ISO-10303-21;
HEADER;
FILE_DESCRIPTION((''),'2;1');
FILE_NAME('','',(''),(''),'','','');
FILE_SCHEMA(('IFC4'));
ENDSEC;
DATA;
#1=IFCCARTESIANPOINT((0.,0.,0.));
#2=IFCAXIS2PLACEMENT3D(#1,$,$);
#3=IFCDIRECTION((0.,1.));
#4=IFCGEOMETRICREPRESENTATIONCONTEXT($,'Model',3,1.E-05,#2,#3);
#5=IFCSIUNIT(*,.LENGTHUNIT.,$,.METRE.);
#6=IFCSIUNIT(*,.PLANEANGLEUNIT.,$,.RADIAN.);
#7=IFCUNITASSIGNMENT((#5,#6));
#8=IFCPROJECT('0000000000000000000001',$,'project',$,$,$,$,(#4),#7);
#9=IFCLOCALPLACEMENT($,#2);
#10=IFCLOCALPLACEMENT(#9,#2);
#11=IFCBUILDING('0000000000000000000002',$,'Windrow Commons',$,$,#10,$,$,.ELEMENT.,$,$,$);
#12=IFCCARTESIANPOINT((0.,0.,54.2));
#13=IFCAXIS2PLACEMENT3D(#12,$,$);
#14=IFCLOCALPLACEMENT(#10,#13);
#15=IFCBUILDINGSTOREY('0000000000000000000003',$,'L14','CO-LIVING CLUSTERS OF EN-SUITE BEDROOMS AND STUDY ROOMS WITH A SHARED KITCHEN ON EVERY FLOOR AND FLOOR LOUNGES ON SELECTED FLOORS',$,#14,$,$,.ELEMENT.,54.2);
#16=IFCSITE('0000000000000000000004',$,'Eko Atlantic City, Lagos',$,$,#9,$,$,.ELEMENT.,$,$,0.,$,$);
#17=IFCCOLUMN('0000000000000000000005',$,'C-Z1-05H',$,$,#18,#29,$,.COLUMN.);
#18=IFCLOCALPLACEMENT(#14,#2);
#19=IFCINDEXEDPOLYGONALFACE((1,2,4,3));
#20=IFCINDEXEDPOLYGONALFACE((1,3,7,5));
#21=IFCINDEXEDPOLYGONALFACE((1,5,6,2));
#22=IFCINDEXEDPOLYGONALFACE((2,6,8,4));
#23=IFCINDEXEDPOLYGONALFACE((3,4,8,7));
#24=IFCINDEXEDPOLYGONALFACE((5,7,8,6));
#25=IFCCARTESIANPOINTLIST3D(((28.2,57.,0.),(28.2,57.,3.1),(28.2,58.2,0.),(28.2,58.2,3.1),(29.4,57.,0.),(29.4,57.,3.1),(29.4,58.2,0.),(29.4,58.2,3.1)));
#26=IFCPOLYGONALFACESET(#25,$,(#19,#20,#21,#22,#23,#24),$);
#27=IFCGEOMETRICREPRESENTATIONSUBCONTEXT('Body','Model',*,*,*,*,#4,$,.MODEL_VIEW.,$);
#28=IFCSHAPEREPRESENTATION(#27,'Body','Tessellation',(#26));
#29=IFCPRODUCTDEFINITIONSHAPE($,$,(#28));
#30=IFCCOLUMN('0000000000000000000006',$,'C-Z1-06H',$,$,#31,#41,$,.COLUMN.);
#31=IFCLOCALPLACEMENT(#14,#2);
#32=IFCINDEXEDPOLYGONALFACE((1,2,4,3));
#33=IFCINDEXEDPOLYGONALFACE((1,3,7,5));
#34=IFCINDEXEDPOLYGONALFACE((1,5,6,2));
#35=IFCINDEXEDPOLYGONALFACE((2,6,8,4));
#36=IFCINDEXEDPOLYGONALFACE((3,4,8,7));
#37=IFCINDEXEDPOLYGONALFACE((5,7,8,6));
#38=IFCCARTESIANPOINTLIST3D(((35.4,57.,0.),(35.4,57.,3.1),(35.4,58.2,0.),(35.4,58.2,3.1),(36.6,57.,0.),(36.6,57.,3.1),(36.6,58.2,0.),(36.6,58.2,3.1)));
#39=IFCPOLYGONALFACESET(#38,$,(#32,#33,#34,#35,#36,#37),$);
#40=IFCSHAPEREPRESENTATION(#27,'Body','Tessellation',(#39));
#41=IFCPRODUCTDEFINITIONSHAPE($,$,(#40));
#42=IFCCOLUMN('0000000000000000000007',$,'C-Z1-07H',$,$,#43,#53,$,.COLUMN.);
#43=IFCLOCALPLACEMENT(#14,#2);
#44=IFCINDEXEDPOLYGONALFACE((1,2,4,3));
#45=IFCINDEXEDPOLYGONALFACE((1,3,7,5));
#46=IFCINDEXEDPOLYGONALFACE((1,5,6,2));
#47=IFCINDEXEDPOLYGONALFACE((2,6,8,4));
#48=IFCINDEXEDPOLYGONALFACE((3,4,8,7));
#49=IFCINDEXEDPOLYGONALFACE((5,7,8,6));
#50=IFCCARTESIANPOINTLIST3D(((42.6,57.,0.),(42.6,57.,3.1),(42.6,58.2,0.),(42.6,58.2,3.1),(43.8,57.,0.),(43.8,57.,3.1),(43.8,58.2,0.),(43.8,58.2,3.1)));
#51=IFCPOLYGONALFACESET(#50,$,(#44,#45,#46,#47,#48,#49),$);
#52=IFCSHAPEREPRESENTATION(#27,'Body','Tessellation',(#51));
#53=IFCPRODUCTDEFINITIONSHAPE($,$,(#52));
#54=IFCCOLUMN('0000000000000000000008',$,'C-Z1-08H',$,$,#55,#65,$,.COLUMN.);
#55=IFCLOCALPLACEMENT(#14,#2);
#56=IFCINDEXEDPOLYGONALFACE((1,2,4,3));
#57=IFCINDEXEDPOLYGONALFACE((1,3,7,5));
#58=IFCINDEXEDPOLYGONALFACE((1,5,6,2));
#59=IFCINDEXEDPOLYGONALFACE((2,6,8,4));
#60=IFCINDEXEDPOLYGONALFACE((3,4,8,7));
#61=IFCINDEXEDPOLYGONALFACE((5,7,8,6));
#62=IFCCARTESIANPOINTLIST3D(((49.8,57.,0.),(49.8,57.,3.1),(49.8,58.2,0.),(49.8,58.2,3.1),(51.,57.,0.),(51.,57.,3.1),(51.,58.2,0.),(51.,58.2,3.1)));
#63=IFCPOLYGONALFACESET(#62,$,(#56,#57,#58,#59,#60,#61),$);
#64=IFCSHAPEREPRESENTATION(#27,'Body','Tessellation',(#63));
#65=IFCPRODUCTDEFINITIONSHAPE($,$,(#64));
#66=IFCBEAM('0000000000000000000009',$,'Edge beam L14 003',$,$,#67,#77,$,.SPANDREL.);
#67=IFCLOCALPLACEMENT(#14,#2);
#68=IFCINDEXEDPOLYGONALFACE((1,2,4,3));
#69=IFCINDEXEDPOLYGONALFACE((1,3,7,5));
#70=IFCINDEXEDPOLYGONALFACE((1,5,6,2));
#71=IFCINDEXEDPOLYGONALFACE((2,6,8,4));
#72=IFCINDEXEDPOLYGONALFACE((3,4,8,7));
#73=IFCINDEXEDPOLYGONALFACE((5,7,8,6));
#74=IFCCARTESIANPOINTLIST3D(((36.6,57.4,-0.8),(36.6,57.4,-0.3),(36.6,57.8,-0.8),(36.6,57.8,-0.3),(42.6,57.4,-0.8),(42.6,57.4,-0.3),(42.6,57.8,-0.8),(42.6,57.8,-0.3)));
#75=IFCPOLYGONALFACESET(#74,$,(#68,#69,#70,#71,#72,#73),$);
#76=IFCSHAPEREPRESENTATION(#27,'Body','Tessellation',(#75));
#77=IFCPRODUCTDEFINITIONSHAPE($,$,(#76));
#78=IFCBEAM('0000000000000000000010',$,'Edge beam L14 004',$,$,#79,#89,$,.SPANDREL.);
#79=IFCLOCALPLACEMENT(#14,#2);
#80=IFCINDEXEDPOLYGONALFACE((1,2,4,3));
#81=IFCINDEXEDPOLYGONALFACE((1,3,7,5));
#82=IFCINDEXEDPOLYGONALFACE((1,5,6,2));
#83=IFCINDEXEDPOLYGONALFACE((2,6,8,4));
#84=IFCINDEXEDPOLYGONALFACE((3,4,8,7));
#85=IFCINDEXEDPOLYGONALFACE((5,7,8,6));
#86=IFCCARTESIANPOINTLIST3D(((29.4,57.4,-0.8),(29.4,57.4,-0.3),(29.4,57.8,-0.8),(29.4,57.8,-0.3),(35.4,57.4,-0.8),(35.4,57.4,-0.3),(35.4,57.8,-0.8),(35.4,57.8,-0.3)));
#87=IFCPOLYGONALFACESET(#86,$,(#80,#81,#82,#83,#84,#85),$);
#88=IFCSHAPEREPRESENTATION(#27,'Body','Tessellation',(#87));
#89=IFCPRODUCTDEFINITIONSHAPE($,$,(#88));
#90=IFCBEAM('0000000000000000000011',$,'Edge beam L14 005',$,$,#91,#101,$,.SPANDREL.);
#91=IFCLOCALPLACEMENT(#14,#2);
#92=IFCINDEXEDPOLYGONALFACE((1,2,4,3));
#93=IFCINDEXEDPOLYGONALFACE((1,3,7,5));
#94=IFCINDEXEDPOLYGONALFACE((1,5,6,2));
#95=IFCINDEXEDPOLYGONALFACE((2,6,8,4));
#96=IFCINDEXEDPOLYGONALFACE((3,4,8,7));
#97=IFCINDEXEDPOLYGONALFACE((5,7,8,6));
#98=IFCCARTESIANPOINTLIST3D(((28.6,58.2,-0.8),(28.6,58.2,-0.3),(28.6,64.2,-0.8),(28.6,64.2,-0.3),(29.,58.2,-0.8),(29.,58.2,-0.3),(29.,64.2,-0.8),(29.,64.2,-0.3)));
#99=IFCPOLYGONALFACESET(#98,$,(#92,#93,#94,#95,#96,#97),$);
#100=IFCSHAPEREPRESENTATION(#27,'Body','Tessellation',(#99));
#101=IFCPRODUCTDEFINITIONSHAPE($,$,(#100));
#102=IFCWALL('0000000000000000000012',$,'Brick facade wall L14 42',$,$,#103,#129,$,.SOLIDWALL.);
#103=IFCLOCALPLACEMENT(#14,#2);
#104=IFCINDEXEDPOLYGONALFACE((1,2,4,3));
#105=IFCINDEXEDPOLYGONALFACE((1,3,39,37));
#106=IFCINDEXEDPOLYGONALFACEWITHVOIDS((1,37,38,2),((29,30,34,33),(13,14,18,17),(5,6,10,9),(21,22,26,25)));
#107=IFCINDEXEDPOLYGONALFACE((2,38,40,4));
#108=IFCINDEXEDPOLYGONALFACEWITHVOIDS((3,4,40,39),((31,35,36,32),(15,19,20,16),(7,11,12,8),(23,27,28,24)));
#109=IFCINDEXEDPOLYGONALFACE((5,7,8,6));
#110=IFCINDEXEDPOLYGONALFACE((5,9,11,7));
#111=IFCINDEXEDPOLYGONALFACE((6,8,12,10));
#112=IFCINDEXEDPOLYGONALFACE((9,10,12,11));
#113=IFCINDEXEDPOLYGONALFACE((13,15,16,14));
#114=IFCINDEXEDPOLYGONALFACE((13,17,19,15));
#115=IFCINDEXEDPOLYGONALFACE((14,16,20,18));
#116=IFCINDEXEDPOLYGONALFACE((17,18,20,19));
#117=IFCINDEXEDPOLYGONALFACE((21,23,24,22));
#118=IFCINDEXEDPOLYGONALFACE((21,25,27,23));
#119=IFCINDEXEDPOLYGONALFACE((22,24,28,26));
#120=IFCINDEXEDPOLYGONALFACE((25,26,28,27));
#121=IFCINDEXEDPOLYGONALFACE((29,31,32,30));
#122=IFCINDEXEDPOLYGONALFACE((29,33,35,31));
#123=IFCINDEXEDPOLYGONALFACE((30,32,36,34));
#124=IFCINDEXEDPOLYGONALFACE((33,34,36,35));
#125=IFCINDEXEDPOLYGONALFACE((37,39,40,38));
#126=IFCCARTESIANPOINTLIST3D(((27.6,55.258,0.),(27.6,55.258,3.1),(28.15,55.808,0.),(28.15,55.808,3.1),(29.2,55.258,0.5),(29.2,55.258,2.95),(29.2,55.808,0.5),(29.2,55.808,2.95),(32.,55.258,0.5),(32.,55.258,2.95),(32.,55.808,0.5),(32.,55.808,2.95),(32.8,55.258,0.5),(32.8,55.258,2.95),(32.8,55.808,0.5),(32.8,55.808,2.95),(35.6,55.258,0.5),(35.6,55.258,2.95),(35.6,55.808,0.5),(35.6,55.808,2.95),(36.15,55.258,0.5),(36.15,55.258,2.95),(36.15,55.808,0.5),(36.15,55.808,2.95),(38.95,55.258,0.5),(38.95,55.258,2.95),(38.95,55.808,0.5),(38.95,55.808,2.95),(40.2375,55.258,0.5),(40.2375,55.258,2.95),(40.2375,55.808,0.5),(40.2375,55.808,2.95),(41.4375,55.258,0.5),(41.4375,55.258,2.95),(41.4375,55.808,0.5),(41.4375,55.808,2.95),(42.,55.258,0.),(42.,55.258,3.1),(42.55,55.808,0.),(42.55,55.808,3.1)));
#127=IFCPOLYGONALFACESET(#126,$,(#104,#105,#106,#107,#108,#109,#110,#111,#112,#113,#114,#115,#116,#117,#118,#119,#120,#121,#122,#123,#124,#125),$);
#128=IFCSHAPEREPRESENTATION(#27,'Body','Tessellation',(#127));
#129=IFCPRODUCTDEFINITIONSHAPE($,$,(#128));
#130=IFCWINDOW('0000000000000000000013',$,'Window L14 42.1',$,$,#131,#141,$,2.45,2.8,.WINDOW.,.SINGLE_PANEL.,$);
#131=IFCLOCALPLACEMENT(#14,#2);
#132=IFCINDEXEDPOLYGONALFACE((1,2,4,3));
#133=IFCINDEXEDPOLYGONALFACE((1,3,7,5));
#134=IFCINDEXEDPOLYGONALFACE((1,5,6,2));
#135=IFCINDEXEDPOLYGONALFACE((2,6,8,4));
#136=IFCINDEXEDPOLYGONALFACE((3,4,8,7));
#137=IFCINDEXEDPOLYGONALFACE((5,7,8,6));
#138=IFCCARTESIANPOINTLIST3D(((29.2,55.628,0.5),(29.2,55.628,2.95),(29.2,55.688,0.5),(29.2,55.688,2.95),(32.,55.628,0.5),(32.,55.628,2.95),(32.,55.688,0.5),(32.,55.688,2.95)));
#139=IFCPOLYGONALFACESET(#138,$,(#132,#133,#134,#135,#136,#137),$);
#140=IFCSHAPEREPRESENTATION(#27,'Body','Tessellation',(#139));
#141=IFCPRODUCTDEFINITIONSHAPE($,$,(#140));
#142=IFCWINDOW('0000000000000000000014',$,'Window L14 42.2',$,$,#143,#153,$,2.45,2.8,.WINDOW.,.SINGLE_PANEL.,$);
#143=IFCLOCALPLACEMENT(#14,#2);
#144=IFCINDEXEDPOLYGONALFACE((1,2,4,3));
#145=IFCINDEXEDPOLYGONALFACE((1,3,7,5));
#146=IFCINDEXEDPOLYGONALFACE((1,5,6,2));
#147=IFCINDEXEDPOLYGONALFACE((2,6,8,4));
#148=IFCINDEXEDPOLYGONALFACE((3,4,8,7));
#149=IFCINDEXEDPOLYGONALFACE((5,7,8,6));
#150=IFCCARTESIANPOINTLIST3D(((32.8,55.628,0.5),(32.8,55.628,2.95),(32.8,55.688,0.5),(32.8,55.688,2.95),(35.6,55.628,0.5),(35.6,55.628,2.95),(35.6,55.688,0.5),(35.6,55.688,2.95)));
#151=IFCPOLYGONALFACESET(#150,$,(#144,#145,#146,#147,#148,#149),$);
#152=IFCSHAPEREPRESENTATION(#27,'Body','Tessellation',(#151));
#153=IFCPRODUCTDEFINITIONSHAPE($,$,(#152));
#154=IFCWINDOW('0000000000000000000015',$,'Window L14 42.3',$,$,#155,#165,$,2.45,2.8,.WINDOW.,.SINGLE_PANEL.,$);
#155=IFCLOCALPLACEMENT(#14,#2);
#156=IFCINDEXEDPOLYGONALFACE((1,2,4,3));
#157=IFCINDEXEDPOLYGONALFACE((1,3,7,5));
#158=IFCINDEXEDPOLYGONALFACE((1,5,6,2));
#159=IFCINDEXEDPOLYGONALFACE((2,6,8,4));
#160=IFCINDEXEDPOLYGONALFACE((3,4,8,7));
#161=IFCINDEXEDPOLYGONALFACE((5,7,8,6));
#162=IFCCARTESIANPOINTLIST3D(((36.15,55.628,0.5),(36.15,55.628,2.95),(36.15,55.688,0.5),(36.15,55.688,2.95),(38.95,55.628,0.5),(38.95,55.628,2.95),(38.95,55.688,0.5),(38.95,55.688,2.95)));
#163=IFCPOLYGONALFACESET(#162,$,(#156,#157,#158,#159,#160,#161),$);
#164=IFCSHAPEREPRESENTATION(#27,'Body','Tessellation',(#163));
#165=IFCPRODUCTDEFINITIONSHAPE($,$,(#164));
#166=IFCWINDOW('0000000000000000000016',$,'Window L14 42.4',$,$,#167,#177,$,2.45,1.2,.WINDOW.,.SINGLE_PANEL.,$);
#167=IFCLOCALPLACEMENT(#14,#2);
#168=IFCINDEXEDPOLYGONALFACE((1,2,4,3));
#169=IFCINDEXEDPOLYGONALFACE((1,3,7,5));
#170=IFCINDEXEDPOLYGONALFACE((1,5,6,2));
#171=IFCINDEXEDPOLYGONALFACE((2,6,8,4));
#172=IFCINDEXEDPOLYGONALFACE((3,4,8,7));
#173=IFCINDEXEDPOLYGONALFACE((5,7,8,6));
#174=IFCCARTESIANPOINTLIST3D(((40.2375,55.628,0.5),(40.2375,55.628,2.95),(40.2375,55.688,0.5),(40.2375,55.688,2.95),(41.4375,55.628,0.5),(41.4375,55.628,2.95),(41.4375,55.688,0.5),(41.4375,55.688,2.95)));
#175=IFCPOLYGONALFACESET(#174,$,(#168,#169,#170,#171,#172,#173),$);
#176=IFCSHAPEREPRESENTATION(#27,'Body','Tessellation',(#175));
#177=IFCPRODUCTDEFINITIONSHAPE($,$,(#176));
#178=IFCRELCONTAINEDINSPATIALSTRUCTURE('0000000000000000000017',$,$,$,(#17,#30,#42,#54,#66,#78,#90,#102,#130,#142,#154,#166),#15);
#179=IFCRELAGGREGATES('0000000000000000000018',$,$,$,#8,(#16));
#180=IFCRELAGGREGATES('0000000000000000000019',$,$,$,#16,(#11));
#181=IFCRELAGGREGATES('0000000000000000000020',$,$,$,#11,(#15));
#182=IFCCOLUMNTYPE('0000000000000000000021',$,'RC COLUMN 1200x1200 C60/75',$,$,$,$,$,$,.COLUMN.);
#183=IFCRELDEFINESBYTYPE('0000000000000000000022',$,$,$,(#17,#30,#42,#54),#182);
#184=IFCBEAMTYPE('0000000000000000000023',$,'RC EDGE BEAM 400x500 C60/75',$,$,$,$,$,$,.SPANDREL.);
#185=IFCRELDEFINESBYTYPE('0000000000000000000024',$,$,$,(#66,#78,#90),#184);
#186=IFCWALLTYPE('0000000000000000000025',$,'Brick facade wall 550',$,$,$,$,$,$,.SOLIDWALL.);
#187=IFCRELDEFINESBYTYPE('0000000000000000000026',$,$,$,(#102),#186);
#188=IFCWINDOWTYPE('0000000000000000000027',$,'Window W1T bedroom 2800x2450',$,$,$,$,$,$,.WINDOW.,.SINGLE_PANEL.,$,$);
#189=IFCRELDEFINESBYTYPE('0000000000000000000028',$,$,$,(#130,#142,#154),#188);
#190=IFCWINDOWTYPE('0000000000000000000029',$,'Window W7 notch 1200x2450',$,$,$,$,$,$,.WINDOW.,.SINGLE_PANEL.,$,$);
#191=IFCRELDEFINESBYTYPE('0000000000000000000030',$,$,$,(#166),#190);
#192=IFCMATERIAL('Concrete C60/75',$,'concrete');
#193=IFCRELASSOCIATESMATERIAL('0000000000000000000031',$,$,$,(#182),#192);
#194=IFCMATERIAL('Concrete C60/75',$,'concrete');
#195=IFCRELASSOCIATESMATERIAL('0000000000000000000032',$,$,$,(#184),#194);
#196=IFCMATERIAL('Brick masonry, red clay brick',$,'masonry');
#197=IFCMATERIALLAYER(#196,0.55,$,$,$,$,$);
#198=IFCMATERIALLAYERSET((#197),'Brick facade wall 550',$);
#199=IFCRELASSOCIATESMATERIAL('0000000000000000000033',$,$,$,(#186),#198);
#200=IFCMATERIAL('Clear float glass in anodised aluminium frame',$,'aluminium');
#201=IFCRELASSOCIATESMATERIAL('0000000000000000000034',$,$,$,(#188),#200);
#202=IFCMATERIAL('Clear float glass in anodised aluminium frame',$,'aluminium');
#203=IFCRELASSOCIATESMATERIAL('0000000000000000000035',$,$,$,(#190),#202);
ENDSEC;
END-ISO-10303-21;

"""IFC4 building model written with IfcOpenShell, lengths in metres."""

from ifc_helpers import new_model, si_unit, direction, frame, frame_2d, origin, origin_2d, place, context, subcontext, project, spatial, polyline, rectangle, outline, extrude, material, layer, layer_set, material_profile, profile_set, type_object, element, fill, save


model = new_model("IFC4")

# Units and contexts
model_context = context("Model", 3, precision=1e-05, world=origin(), true_north=direction((0.0, 1.0)))
body_context = subcontext(model_context, "Body", "Model", "MODEL_VIEW")
ifc_project = project(units=[si_unit("LENGTHUNIT", "METRE"), si_unit("PLANEANGLEUNIT", "RADIAN")], contexts=[model_context])

# Site, building, storey
site_placement = place(None, origin())
site = spatial("IfcSite", under=ifc_project, at=site_placement, Name="Eko Atlantic City, Lagos", CompositionType="ELEMENT", RefElevation=0.0)
building_placement = place(site_placement, origin())
building = spatial("IfcBuilding", under=site, at=building_placement, Name="Windrow Commons", CompositionType="ELEMENT")
storey_placement = place(building_placement, frame((0.0, 0.0, 54.2)))
storey = spatial("IfcBuildingStorey", under=building, at=storey_placement, Name="L14", Description="CO-LIVING CLUSTERS OF EN-SUITE BEDROOMS AND STUDY ROOMS WITH A SHARED KITCHEN ON EVERY FLOOR AND FLOOR LOUNGES ON SELECTED FLOORS", CompositionType="ELEMENT", Elevation=54.2)

# Columns
ifc_material_1 = material(Name="Concrete C60/75", Category="concrete")
ifc_material_profile_1 = material_profile(ifc_material_1, rectangle(XDim=1.2, YDim=1.2, at=origin_2d()))
ifc_profile_set_1 = profile_set([ifc_material_profile_1], Name="Concrete C60/75")
column_type = type_object("IfcColumnType", Name="RC COLUMN 1200x1200 C60/75", PredefinedType="COLUMN", material=ifc_profile_set_1)
for number, where, z_axis, x_axis, name in (
    (1, (28.8, 57.6, 0.0), (0.0, 0.0, 1.0), (1.0, 0.0, 0.0), "C-Z1-05H"),
    (2, (36.0, 57.6, 0.0), (0.0, 0.0, 1.0), (1.0, 0.0, 0.0), "C-Z1-06H"),
    (3, (43.2, 57.6, 0.0), (0.0, 0.0, 1.0), (1.0, 0.0, 0.0), "C-Z1-07H"),
    (4, (50.4, 57.6, 0.0), (0.0, 0.0, 1.0), (1.0, 0.0, 0.0), "C-Z1-08H"),
):
    element("IfcColumn", number, at=place(storey_placement, frame(where, z_axis=z_axis, x_axis=x_axis)), inside=storey, type_object=column_type, Name=name, PredefinedType="COLUMN", context=body_context, shape_type="SweptSolid", body=[
        extrude(rectangle(XDim=1.2, YDim=1.2, at=origin_2d()), origin(), (0.0, 0.0, 1.0), 3.1),
    ])

# Beams
ifc_material_2 = material(Name="Concrete C60/75", Category="concrete")
ifc_material_profile_2 = material_profile(ifc_material_2, rectangle(XDim=0.4, YDim=0.5, at=origin_2d()))
ifc_profile_set_2 = profile_set([ifc_material_profile_2], Name="Concrete C60/75")
beam_type = type_object("IfcBeamType", Name="RC EDGE BEAM 400x500 C60/75", PredefinedType="SPANDREL", material=ifc_profile_set_2)
for number, where, z_axis, x_axis, name in (
    (5, (42.6, 57.6, -0.55), (-1.0, 0.0, 0.0), (0.0, -1.0, 0.0), "Edge beam L14 003"),
    (6, (35.4, 57.6, -0.55), (-1.0, 0.0, 0.0), (0.0, -1.0, 0.0), "Edge beam L14 004"),
    (7, (28.8, 58.2, -0.55), (0.0, 1.0, 0.0), (-1.0, 0.0, 0.0), "Edge beam L14 005"),
):
    element("IfcBeam", number, at=place(storey_placement, frame(where, z_axis=z_axis, x_axis=x_axis)), inside=storey, type_object=beam_type, Name=name, PredefinedType="SPANDREL", context=body_context, shape_type="SweptSolid", body=[
        extrude(rectangle(XDim=0.4, YDim=0.5, at=origin_2d()), origin(), (0.0, 0.0, 1.0), 6.0),
    ])

# Wall, openings, windows
ifc_material_3 = material(Name="Brick masonry, red clay brick", Category="masonry")
ifc_layer_1 = layer(ifc_material_3, 0.55)
ifc_layer_set_1 = layer_set([ifc_layer_1], Name="Brick facade wall 550")
wall_type_1 = type_object("IfcWallType", Name="Brick facade wall 550", PredefinedType="SOLIDWALL", material=ifc_layer_set_1)
wall_1_placement = place(storey_placement, frame((27.875, 55.533, 0.0), z_axis=(0.0, 0.0, 1.0), x_axis=(1.0, 0.0, 0.0)))
wall_1 = element("IfcWall", 8, at=wall_1_placement, inside=storey, type_object=wall_type_1, Name="Brick facade wall L14 42", PredefinedType="SOLIDWALL", context=body_context, shape_type="SweptSolid", body=[
    extrude(outline(polyline([(-0.275, -0.275), (14.125, -0.275), (14.675, 0.275), (0.275, 0.275), (-0.275, -0.275)])), origin(), (0.0, 0.0, 1.0), 3.1),
])
opening_1_placement = place(wall_1_placement, frame((1.325, 0.0, 0.5)))
opening_1 = element("IfcOpeningElement", 9, at=opening_1_placement, cuts=wall_1, PredefinedType="OPENING", context=body_context, shape_type="SweptSolid", body=[
    extrude(rectangle(XDim=2.8, YDim=2.45, at=frame_2d((1.4, 1.225))), frame((0.0, 0.285, 0.0), z_axis=(0.0, -1.0, 0.0), x_axis=(1.0, 0.0, 0.0)), (0.0, 0.0, 1.0), 0.57),
])
opening_2_placement = place(wall_1_placement, frame((4.925, 0.0, 0.5)))
opening_2 = element("IfcOpeningElement", 10, at=opening_2_placement, cuts=wall_1, PredefinedType="OPENING", context=body_context, shape_type="SweptSolid", body=[
    extrude(rectangle(XDim=2.8, YDim=2.45, at=frame_2d((1.4, 1.225))), frame((0.0, 0.285, 0.0), z_axis=(0.0, -1.0, 0.0), x_axis=(1.0, 0.0, 0.0)), (0.0, 0.0, 1.0), 0.57),
])
opening_3_placement = place(wall_1_placement, frame((8.275, 0.0, 0.5)))
opening_3 = element("IfcOpeningElement", 11, at=opening_3_placement, cuts=wall_1, PredefinedType="OPENING", context=body_context, shape_type="SweptSolid", body=[
    extrude(rectangle(XDim=2.8, YDim=2.45, at=frame_2d((1.4, 1.225))), frame((0.0, 0.285, 0.0), z_axis=(0.0, -1.0, 0.0), x_axis=(1.0, 0.0, 0.0)), (0.0, 0.0, 1.0), 0.57),
])
opening_4_placement = place(wall_1_placement, frame((12.3625, 0.0, 0.5)))
opening_4 = element("IfcOpeningElement", 12, at=opening_4_placement, cuts=wall_1, PredefinedType="OPENING", context=body_context, shape_type="SweptSolid", body=[
    extrude(rectangle(XDim=1.2, YDim=2.45, at=frame_2d((0.6, 1.225))), frame((0.0, 0.285, 0.0), z_axis=(0.0, -1.0, 0.0), x_axis=(1.0, 0.0, 0.0)), (0.0, 0.0, 1.0), 0.57),
])
ifc_material_4 = material(Name="Clear float glass in anodised aluminium frame", Category="aluminium")
window_type_1 = type_object("IfcWindowType", Name="Window W1T bedroom 2800x2450", PartitioningType="SINGLE_PANEL", PredefinedType="WINDOW", material=ifc_material_4)
window_1_placement = place(opening_1_placement, origin())
window_1 = element("IfcWindow", 13, at=window_1_placement, inside=storey, type_object=window_type_1, Name="Window L14 42.1", OverallHeight=2.45, OverallWidth=2.8, PartitioningType="SINGLE_PANEL", PredefinedType="WINDOW", context=body_context, shape_type="SweptSolid", body=[
    extrude(rectangle(XDim=2.8, YDim=2.45, at=frame_2d((1.4, 1.225))), frame((0.0, 0.155, 0.0), z_axis=(0.0, -1.0, 0.0), x_axis=(1.0, 0.0, 0.0)), (0.0, 0.0, 1.0), 0.06),
])
fill(opening_1, window_1)
window_2_placement = place(opening_2_placement, origin())
window_2 = element("IfcWindow", 14, at=window_2_placement, inside=storey, type_object=window_type_1, Name="Window L14 42.2", OverallHeight=2.45, OverallWidth=2.8, PartitioningType="SINGLE_PANEL", PredefinedType="WINDOW", context=body_context, shape_type="SweptSolid", body=[
    extrude(rectangle(XDim=2.8, YDim=2.45, at=frame_2d((1.4, 1.225))), frame((0.0, 0.155, 0.0), z_axis=(0.0, -1.0, 0.0), x_axis=(1.0, 0.0, 0.0)), (0.0, 0.0, 1.0), 0.06),
])
fill(opening_2, window_2)
window_3_placement = place(opening_3_placement, origin())
window_3 = element("IfcWindow", 15, at=window_3_placement, inside=storey, type_object=window_type_1, Name="Window L14 42.3", OverallHeight=2.45, OverallWidth=2.8, PartitioningType="SINGLE_PANEL", PredefinedType="WINDOW", context=body_context, shape_type="SweptSolid", body=[
    extrude(rectangle(XDim=2.8, YDim=2.45, at=frame_2d((1.4, 1.225))), frame((0.0, 0.155, 0.0), z_axis=(0.0, -1.0, 0.0), x_axis=(1.0, 0.0, 0.0)), (0.0, 0.0, 1.0), 0.06),
])
fill(opening_3, window_3)
ifc_material_5 = material(Name="Clear float glass in anodised aluminium frame", Category="aluminium")
window_type_2 = type_object("IfcWindowType", Name="Window W7 notch 1200x2450", PartitioningType="SINGLE_PANEL", PredefinedType="WINDOW", material=ifc_material_5)
window_4_placement = place(opening_4_placement, origin())
window_4 = element("IfcWindow", 16, at=window_4_placement, inside=storey, type_object=window_type_2, Name="Window L14 42.4", OverallHeight=2.45, OverallWidth=1.2, PartitioningType="SINGLE_PANEL", PredefinedType="WINDOW", context=body_context, shape_type="SweptSolid", body=[
    extrude(rectangle(XDim=1.2, YDim=2.45, at=frame_2d((0.6, 1.225))), frame((0.0, 0.155, 0.0), z_axis=(0.0, -1.0, 0.0), x_axis=(1.0, 0.0, 0.0)), (0.0, 0.0, 1.0), 0.06),
])
fill(opening_4, window_4)

save(model, "model.ifc")
